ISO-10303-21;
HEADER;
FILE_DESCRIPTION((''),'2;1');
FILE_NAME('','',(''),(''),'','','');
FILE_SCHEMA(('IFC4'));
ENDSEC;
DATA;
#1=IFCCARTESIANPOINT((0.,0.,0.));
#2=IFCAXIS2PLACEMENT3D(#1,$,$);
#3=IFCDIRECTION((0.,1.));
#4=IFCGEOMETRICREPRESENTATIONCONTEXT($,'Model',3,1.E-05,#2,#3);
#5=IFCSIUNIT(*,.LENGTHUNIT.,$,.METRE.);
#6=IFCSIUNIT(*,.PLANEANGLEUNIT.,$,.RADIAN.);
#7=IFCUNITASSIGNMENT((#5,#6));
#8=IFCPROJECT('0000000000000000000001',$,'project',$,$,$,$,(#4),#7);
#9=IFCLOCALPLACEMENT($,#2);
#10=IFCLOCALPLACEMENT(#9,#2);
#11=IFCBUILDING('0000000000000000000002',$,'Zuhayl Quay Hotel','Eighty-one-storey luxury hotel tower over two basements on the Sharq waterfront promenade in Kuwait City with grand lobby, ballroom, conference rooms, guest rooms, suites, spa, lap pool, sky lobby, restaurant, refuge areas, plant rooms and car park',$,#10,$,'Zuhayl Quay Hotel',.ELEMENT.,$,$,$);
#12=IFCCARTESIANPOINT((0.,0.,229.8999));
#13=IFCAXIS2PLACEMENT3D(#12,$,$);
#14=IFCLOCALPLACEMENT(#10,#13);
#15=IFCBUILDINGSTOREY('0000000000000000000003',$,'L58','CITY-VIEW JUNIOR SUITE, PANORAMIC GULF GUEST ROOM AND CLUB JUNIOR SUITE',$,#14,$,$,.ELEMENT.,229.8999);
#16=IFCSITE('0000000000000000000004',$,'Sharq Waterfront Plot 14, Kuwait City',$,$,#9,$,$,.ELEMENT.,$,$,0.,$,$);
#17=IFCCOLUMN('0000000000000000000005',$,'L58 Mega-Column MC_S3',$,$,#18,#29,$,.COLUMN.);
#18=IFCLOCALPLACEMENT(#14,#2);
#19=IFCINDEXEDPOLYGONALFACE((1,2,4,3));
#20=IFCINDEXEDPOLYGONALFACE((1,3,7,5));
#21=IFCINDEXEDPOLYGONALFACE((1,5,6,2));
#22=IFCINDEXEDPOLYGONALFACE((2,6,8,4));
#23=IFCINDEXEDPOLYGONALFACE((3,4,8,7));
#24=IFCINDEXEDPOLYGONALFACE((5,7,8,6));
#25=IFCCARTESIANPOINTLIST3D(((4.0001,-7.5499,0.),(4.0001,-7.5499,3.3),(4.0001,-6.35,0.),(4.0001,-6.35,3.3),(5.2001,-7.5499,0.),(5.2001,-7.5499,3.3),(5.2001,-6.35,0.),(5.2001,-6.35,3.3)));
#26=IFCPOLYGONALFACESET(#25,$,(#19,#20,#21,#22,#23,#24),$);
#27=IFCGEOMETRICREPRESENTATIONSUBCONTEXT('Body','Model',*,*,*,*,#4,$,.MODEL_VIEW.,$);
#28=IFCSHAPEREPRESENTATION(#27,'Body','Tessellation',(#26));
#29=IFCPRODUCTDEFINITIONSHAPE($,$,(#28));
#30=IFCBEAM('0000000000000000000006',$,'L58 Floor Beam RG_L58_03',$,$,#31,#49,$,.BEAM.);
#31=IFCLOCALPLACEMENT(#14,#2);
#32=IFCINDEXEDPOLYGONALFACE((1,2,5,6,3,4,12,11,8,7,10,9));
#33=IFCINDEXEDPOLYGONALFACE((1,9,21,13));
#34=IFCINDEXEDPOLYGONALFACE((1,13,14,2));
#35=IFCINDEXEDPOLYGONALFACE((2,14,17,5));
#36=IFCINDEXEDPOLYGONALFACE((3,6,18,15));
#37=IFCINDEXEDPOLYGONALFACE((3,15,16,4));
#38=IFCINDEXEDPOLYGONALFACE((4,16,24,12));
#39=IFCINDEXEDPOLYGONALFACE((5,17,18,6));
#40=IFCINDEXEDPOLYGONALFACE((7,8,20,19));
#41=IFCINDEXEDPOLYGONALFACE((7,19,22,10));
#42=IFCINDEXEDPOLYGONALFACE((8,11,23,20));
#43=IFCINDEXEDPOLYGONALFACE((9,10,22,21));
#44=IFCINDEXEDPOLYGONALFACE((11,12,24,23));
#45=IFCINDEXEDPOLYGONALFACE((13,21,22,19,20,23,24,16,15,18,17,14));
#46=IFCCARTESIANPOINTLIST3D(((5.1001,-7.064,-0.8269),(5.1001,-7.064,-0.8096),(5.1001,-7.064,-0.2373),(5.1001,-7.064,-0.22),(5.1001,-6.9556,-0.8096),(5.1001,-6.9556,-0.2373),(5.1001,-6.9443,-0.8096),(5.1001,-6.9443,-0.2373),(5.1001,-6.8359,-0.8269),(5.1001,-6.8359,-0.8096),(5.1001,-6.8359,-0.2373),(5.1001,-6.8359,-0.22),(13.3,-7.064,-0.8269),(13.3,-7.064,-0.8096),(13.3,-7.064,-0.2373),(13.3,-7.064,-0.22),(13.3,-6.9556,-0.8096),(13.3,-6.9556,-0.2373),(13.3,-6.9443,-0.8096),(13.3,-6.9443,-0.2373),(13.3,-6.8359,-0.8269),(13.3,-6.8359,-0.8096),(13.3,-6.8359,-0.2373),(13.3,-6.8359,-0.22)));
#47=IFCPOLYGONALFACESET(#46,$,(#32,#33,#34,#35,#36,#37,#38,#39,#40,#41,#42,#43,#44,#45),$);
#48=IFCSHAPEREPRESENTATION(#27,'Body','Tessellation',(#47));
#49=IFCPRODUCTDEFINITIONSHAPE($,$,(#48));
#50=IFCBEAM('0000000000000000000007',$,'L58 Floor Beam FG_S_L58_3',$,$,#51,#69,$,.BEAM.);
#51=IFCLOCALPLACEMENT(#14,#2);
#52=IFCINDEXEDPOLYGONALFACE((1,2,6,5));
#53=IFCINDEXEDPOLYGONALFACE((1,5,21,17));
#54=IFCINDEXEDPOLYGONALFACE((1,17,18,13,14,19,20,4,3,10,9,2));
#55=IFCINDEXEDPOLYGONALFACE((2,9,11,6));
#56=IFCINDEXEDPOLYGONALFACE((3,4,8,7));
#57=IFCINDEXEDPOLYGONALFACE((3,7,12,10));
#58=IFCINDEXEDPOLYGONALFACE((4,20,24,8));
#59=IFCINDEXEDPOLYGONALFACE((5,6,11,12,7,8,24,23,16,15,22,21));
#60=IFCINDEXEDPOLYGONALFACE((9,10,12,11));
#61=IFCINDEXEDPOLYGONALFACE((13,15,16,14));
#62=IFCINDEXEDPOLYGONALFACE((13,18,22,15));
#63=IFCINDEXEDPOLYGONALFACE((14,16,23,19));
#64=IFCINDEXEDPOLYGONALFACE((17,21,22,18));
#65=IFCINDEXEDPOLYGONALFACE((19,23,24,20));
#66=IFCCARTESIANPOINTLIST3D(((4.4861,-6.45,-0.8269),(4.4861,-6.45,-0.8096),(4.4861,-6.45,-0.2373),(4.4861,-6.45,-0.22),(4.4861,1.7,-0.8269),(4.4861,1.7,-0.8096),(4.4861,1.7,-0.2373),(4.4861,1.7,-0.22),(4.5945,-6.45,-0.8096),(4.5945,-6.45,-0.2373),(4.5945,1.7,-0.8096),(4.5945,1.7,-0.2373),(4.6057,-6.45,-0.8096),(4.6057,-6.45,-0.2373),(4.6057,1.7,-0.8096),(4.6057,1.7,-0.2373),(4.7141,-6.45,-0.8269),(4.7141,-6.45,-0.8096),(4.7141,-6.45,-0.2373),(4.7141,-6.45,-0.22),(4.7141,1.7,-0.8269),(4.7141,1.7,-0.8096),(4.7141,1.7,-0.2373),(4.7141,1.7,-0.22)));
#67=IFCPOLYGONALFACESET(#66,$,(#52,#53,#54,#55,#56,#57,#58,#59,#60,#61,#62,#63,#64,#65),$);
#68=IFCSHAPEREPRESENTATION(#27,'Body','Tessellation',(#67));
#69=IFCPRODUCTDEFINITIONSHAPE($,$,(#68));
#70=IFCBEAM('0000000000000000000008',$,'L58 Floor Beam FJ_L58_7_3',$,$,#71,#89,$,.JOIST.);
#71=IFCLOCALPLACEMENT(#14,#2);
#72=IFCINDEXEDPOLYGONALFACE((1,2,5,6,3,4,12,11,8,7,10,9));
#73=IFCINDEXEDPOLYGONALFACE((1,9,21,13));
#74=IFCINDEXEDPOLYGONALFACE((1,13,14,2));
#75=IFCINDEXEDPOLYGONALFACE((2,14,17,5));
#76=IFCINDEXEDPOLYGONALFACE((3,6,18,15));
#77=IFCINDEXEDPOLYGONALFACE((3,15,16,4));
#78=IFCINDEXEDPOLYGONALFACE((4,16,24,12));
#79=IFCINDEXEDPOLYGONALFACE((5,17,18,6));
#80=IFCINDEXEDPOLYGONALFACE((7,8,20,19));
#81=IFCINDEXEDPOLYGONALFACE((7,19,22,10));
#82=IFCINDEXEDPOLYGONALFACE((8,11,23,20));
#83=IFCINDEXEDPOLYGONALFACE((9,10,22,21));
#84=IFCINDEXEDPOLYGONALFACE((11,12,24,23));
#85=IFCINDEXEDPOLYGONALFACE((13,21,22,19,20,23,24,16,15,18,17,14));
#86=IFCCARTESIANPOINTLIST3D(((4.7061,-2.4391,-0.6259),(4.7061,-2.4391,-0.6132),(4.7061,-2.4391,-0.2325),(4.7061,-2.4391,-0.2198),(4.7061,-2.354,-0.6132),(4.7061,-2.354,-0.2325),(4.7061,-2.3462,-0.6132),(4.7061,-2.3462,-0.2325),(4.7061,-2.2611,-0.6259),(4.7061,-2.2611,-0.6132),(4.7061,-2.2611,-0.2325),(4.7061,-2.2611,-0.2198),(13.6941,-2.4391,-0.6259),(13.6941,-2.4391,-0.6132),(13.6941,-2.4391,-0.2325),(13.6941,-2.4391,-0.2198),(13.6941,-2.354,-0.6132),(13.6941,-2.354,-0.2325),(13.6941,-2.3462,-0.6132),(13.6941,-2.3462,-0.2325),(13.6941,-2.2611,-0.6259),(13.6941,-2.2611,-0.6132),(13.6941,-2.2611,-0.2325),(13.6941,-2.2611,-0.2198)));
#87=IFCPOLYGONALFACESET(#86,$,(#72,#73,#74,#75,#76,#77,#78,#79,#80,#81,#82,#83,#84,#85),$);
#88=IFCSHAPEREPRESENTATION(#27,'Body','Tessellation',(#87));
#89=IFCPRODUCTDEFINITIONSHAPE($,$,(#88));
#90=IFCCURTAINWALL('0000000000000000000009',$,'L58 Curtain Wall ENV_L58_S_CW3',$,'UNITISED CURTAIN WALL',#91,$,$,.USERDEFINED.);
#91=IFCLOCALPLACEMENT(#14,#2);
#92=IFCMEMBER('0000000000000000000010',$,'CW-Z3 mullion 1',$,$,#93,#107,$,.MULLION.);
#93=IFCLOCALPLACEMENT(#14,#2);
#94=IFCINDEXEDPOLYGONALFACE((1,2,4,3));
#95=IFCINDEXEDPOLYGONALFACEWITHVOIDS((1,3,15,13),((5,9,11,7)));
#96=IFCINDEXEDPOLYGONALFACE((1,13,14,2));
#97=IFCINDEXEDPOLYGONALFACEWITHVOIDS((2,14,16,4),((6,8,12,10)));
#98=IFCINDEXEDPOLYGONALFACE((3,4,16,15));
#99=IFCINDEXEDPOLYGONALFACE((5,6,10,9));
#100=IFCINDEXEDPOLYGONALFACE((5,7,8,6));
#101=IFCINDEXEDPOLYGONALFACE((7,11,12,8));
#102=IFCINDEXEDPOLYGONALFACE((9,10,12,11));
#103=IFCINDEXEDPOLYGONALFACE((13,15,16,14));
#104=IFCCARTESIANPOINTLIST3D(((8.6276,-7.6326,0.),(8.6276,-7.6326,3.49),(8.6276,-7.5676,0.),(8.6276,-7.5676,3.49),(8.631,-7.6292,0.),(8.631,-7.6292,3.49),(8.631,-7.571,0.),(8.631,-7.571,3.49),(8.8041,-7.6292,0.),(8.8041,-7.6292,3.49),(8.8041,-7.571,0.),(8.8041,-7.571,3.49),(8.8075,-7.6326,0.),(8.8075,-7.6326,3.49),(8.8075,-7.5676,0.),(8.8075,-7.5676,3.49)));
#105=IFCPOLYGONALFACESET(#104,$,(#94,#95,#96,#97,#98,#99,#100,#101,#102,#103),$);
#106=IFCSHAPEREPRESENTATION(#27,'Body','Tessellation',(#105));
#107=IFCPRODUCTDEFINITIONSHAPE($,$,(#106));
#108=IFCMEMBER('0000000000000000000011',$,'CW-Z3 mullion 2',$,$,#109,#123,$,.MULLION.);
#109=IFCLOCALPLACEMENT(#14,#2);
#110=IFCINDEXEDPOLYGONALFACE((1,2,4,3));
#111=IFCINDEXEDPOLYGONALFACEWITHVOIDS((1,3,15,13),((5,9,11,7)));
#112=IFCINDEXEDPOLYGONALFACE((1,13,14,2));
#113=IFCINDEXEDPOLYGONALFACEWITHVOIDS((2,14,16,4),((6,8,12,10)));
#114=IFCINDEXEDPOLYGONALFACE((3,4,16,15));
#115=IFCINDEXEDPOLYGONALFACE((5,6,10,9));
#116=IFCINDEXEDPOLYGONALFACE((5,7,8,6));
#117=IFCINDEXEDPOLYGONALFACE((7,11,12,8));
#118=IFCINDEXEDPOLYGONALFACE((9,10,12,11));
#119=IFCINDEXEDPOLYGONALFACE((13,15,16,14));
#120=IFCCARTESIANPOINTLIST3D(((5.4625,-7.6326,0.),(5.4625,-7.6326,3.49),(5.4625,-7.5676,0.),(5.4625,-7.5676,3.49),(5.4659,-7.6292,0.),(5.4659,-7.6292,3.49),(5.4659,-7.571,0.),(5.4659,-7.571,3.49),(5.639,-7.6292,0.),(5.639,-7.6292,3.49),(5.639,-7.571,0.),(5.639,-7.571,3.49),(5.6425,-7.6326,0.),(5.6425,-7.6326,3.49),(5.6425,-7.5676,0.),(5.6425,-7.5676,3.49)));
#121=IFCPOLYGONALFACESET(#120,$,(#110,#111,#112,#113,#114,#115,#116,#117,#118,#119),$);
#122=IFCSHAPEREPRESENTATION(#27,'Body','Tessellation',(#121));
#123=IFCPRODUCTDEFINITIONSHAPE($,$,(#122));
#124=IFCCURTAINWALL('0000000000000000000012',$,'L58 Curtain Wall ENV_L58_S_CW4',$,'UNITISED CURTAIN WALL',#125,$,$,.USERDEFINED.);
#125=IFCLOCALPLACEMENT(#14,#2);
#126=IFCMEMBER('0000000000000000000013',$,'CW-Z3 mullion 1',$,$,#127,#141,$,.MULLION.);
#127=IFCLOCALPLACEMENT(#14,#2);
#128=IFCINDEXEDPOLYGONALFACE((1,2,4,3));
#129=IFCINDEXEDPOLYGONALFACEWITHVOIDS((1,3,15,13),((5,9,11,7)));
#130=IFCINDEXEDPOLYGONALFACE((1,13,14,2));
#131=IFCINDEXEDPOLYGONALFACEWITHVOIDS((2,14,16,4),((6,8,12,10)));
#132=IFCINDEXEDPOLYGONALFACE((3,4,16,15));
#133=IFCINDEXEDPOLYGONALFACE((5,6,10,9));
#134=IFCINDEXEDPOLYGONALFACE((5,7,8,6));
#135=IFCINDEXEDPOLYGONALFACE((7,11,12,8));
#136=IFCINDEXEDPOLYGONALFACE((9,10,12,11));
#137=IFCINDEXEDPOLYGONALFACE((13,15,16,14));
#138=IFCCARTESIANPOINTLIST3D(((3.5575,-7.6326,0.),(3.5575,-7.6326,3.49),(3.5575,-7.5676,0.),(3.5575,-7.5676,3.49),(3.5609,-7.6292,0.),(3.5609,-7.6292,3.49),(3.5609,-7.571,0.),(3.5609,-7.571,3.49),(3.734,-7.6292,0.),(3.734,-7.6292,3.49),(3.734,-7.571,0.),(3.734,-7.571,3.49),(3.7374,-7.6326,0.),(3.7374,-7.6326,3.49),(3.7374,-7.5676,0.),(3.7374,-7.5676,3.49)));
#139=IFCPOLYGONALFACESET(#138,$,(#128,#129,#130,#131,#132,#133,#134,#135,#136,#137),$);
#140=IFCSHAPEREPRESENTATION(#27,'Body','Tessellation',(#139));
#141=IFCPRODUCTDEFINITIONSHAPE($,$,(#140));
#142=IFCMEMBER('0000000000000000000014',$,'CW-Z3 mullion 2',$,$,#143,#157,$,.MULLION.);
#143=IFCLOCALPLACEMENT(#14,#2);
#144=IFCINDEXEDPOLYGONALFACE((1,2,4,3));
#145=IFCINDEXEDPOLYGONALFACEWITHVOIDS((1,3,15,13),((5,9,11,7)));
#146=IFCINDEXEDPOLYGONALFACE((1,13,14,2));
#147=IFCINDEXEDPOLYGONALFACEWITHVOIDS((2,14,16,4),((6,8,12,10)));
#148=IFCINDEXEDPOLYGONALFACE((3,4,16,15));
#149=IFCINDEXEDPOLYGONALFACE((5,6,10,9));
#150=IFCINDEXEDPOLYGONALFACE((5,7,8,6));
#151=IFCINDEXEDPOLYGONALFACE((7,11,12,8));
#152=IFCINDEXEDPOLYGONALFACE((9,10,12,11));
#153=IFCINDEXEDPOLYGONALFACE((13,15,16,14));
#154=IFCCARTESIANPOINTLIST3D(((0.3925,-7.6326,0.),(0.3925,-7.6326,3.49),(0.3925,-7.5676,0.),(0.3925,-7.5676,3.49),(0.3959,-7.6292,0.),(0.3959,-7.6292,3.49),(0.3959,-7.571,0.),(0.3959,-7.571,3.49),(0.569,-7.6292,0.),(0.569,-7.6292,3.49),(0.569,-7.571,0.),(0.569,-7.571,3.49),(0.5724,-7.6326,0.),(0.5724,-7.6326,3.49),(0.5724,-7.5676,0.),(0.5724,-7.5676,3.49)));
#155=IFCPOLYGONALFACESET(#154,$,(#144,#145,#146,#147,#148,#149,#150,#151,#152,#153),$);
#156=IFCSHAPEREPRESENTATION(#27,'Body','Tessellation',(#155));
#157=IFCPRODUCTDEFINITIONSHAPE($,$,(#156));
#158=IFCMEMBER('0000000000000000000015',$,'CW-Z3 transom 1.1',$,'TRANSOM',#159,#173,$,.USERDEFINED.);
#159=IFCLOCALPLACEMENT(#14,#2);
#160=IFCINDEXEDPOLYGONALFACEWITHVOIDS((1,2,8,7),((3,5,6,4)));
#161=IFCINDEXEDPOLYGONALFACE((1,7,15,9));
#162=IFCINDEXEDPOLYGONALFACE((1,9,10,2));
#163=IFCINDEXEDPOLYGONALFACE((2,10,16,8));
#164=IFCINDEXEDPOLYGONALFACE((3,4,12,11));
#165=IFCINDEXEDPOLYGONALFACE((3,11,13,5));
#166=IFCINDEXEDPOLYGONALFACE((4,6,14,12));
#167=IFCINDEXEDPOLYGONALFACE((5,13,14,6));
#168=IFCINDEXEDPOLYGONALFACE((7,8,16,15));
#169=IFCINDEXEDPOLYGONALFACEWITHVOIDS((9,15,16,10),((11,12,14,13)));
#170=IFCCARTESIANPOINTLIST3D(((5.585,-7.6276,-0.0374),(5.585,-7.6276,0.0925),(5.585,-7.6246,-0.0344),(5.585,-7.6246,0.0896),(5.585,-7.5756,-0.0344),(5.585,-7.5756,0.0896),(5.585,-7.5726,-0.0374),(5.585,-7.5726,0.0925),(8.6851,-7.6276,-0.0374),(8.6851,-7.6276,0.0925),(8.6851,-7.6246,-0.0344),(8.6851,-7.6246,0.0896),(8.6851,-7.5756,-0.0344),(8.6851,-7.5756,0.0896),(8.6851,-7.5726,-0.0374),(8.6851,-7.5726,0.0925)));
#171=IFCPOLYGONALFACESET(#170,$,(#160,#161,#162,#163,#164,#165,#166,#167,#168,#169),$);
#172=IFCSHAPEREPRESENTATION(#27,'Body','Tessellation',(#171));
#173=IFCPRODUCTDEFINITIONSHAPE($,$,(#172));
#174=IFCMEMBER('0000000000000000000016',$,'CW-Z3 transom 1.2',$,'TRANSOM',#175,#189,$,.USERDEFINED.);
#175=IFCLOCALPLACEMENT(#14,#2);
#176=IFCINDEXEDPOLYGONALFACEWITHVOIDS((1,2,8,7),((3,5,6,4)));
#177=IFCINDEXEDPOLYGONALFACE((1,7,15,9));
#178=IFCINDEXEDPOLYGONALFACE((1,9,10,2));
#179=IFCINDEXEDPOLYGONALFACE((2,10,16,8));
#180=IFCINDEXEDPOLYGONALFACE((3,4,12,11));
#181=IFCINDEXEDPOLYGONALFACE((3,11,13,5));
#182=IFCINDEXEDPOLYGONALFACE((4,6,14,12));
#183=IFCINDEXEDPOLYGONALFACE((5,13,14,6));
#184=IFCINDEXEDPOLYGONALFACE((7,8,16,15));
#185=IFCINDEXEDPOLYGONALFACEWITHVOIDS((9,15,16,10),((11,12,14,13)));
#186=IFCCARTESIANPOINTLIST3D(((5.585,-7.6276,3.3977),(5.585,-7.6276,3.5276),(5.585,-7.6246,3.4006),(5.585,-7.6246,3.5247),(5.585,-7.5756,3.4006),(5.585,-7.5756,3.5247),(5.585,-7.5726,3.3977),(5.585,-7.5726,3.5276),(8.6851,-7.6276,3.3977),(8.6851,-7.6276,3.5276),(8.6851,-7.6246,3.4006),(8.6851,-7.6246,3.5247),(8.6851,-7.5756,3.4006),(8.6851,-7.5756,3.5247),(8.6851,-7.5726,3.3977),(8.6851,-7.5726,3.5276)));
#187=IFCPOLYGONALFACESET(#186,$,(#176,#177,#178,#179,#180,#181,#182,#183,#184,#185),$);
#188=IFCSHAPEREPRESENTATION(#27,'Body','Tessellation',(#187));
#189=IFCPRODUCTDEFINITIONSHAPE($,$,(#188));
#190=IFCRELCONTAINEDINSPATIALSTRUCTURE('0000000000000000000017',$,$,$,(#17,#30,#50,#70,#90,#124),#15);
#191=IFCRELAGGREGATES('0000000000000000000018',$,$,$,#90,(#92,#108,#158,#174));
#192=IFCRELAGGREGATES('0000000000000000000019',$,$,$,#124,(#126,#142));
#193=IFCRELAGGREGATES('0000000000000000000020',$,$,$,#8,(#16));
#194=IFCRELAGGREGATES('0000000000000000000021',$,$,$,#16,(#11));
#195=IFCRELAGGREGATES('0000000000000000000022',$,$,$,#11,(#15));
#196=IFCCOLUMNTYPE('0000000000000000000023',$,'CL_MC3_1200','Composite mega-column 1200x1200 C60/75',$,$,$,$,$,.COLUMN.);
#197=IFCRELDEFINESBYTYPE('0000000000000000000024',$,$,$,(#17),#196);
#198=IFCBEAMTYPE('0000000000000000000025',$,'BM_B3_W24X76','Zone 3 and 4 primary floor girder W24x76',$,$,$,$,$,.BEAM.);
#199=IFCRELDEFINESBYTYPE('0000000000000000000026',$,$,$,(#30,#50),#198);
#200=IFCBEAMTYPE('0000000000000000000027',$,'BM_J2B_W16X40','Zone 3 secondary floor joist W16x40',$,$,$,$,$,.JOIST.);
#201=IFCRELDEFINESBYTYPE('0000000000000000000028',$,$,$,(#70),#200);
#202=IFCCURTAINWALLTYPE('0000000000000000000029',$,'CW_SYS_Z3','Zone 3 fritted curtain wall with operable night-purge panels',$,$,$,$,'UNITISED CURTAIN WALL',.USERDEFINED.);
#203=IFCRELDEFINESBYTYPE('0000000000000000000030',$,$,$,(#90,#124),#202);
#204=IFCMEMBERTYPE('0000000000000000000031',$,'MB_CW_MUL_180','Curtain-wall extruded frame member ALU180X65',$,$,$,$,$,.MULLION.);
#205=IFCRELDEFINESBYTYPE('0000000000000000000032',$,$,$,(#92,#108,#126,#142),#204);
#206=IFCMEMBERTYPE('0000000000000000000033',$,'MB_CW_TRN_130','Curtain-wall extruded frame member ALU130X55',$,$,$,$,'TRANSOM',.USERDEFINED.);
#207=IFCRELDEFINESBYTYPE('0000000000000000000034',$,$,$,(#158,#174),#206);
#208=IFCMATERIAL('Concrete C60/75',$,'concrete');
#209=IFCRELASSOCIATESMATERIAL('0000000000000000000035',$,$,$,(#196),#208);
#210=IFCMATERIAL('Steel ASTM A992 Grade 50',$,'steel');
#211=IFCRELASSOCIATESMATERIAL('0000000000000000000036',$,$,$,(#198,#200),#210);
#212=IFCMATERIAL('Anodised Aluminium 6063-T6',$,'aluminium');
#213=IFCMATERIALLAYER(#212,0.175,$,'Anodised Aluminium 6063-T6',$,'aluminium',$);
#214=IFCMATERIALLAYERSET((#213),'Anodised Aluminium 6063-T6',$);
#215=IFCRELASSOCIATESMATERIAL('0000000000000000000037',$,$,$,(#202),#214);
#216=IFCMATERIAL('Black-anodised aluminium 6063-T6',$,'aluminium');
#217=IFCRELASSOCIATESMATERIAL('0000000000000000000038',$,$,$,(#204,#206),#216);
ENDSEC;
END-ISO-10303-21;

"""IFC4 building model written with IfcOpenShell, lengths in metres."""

from ifc_helpers import new_model, si_unit, direction, frame, origin, origin_2d, place, context, subcontext, project, spatial, rectangle, hollow_rectangle, i_section, extrude, material, layer, layer_set, material_profile, profile_set, type_object, element, aggregate, save


model = new_model("IFC4")

# Units and contexts
model_context = context("Model", 3, precision=1e-05, world=origin(), true_north=direction((0.0, 1.0)))
body_context = subcontext(model_context, "Body", "Model", "MODEL_VIEW")
ifc_project = project(units=[si_unit("LENGTHUNIT", "METRE"), si_unit("PLANEANGLEUNIT", "RADIAN")], contexts=[model_context])

# Site, building, storey
site_placement = place(None, origin())
site = spatial("IfcSite", under=ifc_project, at=site_placement, Name="Sharq Waterfront Plot 14, Kuwait City", CompositionType="ELEMENT", RefElevation=0.0)
building_placement = place(site_placement, origin())
building = spatial("IfcBuilding", under=site, at=building_placement, Name="Zuhayl Quay Hotel", Description="Eighty-one-storey luxury hotel tower over two basements on the Sharq waterfront promenade in Kuwait City with grand lobby, ballroom, conference rooms, guest rooms, suites, spa, lap pool, sky lobby, restaurant, refuge areas, plant rooms and car park", LongName="Zuhayl Quay Hotel", CompositionType="ELEMENT")
storey_placement = place(building_placement, frame((0.0, 0.0, 229.8999)))
storey = spatial("IfcBuildingStorey", under=building, at=storey_placement, Name="L58", Description="CITY-VIEW JUNIOR SUITE, PANORAMIC GULF GUEST ROOM AND CLUB JUNIOR SUITE", CompositionType="ELEMENT", Elevation=229.8999)

# Column
ifc_material_1 = material(Name="Concrete C60/75", Category="concrete")
ifc_material_profile_1 = material_profile(ifc_material_1, rectangle(XDim=1.2, YDim=1.2, at=origin_2d()), Name="RC1200X1200")
ifc_profile_set_1 = profile_set([ifc_material_profile_1], Name="Concrete C60/75")
column_type = type_object("IfcColumnType", Name="CL_MC3_1200", Description="Composite mega-column 1200x1200 C60/75", PredefinedType="COLUMN", material=ifc_profile_set_1)
column_placement = place(storey_placement, frame((4.6001, -6.95, 0.0), z_axis=(0.0, 0.0, 1.0), x_axis=(1.0, 0.0, 0.0)))
element("IfcColumn", 1, at=column_placement, inside=storey, type_object=column_type, Name="L58 Mega-Column MC_S3", PredefinedType="COLUMN", context=body_context, shape_type="SweptSolid", body=[
    extrude(rectangle(XDim=1.2, YDim=1.2, at=origin_2d()), origin(), (0.0, 0.0, 1.0), 3.3),
])

# Beams
ifc_material_2 = material(Name="Steel ASTM A992 Grade 50", Category="steel")
ifc_material_profile_2 = material_profile(ifc_material_2, i_section(OverallWidth=0.228, OverallDepth=0.6069, WebThickness=0.0112, FlangeThickness=0.0173, at=origin_2d()), Name="W24X76")
ifc_profile_set_2 = profile_set([ifc_material_profile_2], Name="Steel ASTM A992 Grade 50")
beam_type_1 = type_object("IfcBeamType", Name="BM_B3_W24X76", Description="Zone 3 and 4 primary floor girder W24x76", PredefinedType="BEAM", material=ifc_profile_set_2)
beam_1_placement = place(storey_placement, frame((5.1001, -6.95, -0.5234), z_axis=(1.0, 0.0, 0.0), x_axis=(0.0, 1.0, 0.0)))
element("IfcBeam", 2, at=beam_1_placement, inside=storey, type_object=beam_type_1, Name="L58 Floor Beam RG_L58_03", PredefinedType="BEAM", context=body_context, shape_type="SweptSolid", body=[
    extrude(i_section(OverallWidth=0.228, OverallDepth=0.6069, WebThickness=0.0112, FlangeThickness=0.0173, at=origin_2d()), origin(), (0.0, 0.0, 1.0), 8.2),
])
beam_2_placement = place(storey_placement, frame((4.6001, -6.45, -0.5234), z_axis=(0.0, 1.0, 0.0), x_axis=(-1.0, 0.0, 0.0)))
element("IfcBeam", 3, at=beam_2_placement, inside=storey, type_object=beam_type_1, Name="L58 Floor Beam FG_S_L58_3", PredefinedType="BEAM", context=body_context, shape_type="SweptSolid", body=[
    extrude(i_section(OverallWidth=0.228, OverallDepth=0.6069, WebThickness=0.0112, FlangeThickness=0.0173, at=origin_2d()), origin(), (0.0, 0.0, 1.0), 8.1499),
])
ifc_material_profile_3 = material_profile(ifc_material_2, i_section(OverallWidth=0.178, OverallDepth=0.406, WebThickness=0.0078, FlangeThickness=0.0127, at=origin_2d()), Name="W16X40")
ifc_profile_set_3 = profile_set([ifc_material_profile_3], Name="Steel ASTM A992 Grade 50")
beam_type_2 = type_object("IfcBeamType", Name="BM_J2B_W16X40", Description="Zone 3 secondary floor joist W16x40", PredefinedType="JOIST", material=ifc_profile_set_3)
beam_3_placement = place(storey_placement, frame((4.7061, -2.3501, -0.4229), z_axis=(1.0, 0.0, 0.0), x_axis=(0.0, 1.0, 0.0)))
element("IfcBeam", 4, at=beam_3_placement, inside=storey, type_object=beam_type_2, Name="L58 Floor Beam FJ_L58_7_3", PredefinedType="JOIST", context=body_context, shape_type="SweptSolid", body=[
    extrude(i_section(OverallWidth=0.178, OverallDepth=0.406, WebThickness=0.0078, FlangeThickness=0.0127, at=origin_2d()), origin(), (0.0, 0.0, 1.0), 8.988),
])

# Curtain walls, members
ifc_material_3 = material(Name="Anodised Aluminium 6063-T6", Category="aluminium")
ifc_layer_1 = layer(ifc_material_3, 0.175, Name="Anodised Aluminium 6063-T6", Category="aluminium")
ifc_layer_set_1 = layer_set([ifc_layer_1], Name="Anodised Aluminium 6063-T6")
curtain_wall_type = type_object("IfcCurtainWallType", Name="CW_SYS_Z3", Description="Zone 3 fritted curtain wall with operable night-purge panels", ElementType="UNITISED CURTAIN WALL", PredefinedType="USERDEFINED", material=ifc_layer_set_1)
curtain_wall_1_placement = place(storey_placement, origin())
curtain_wall_1 = element("IfcCurtainWall", 5, at=curtain_wall_1_placement, inside=storey, type_object=curtain_wall_type, Name="L58 Curtain Wall ENV_L58_S_CW3", ObjectType="UNITISED CURTAIN WALL", PredefinedType="USERDEFINED")
ifc_material_4 = material(Name="Black-anodised aluminium 6063-T6", Category="aluminium")
ifc_material_profile_4 = material_profile(ifc_material_4, hollow_rectangle(XDim=0.0649, YDim=0.1799, WallThickness=0.0034, at=origin_2d()), Name="ALU180X65")
ifc_profile_set_4 = profile_set([ifc_material_profile_4], Name="Black-anodised aluminium 6063-T6")
member_type_1 = type_object("IfcMemberType", Name="MB_CW_MUL_180", Description="Curtain-wall extruded frame member ALU180X65", PredefinedType="MULLION", material=ifc_profile_set_4)
member_1_placement = place(storey_placement, frame((8.7175, -7.6001, 0.0), z_axis=(0.0, 0.0, 1.0), x_axis=(0.0, -1.0, 0.0)))
member_1 = element("IfcMember", 6, at=member_1_placement, type_object=member_type_1, Name="CW-Z3 mullion 1", PredefinedType="MULLION", context=body_context, shape_type="SweptSolid", body=[
    extrude(hollow_rectangle(XDim=0.0649, YDim=0.1799, WallThickness=0.0034, at=origin_2d()), origin(), (0.0, 0.0, 1.0), 3.49),
])
member_2_placement = place(storey_placement, frame((5.5525, -7.6001, 0.0), z_axis=(0.0, 0.0, 1.0), x_axis=(0.0, -1.0, 0.0)))
member_2 = element("IfcMember", 7, at=member_2_placement, type_object=member_type_1, Name="CW-Z3 mullion 2", PredefinedType="MULLION", context=body_context, shape_type="SweptSolid", body=[
    extrude(hollow_rectangle(XDim=0.0649, YDim=0.1799, WallThickness=0.0034, at=origin_2d()), origin(), (0.0, 0.0, 1.0), 3.49),
])
curtain_wall_2_placement = place(storey_placement, origin())
curtain_wall_2 = element("IfcCurtainWall", 8, at=curtain_wall_2_placement, inside=storey, type_object=curtain_wall_type, Name="L58 Curtain Wall ENV_L58_S_CW4", ObjectType="UNITISED CURTAIN WALL", PredefinedType="USERDEFINED")
member_3_placement = place(storey_placement, frame((3.6475, -7.6001, 0.0), z_axis=(0.0, 0.0, 1.0), x_axis=(0.0, -1.0, 0.0)))
member_3 = element("IfcMember", 9, at=member_3_placement, type_object=member_type_1, Name="CW-Z3 mullion 1", PredefinedType="MULLION", context=body_context, shape_type="SweptSolid", body=[
    extrude(hollow_rectangle(XDim=0.0649, YDim=0.1799, WallThickness=0.0034, at=origin_2d()), origin(), (0.0, 0.0, 1.0), 3.49),
])
member_4_placement = place(storey_placement, frame((0.4824, -7.6001, 0.0), z_axis=(0.0, 0.0, 1.0), x_axis=(0.0, -1.0, 0.0)))
member_4 = element("IfcMember", 10, at=member_4_placement, type_object=member_type_1, Name="CW-Z3 mullion 2", PredefinedType="MULLION", context=body_context, shape_type="SweptSolid", body=[
    extrude(hollow_rectangle(XDim=0.0649, YDim=0.1799, WallThickness=0.0034, at=origin_2d()), origin(), (0.0, 0.0, 1.0), 3.49),
])

# Members
ifc_material_profile_5 = material_profile(ifc_material_4, hollow_rectangle(XDim=0.0549, YDim=0.1299, WallThickness=0.0029, at=origin_2d()), Name="ALU130X55")
ifc_profile_set_5 = profile_set([ifc_material_profile_5], Name="Black-anodised aluminium 6063-T6")
member_type_2 = type_object("IfcMemberType", Name="MB_CW_TRN_130", Description="Curtain-wall extruded frame member ALU130X55", ElementType="TRANSOM", PredefinedType="USERDEFINED", material=ifc_profile_set_5)
member_5_placement = place(storey_placement, frame((8.6851, -7.6001, 0.0276), z_axis=(-1.0, 0.0, 0.0), x_axis=(0.0, -1.0, 0.0)))
member_5 = element("IfcMember", 11, at=member_5_placement, type_object=member_type_2, Name="CW-Z3 transom 1.1", ObjectType="TRANSOM", PredefinedType="USERDEFINED", context=body_context, shape_type="SweptSolid", body=[
    extrude(hollow_rectangle(XDim=0.0549, YDim=0.1299, WallThickness=0.0029, at=origin_2d()), origin(), (0.0, 0.0, 1.0), 3.1001),
])
member_6_placement = place(storey_placement, frame((8.6851, -7.6001, 3.4626), z_axis=(-1.0, 0.0, 0.0), x_axis=(0.0, -1.0, 0.0)))
member_6 = element("IfcMember", 12, at=member_6_placement, type_object=member_type_2, Name="CW-Z3 transom 1.2", ObjectType="TRANSOM", PredefinedType="USERDEFINED", context=body_context, shape_type="SweptSolid", body=[
    extrude(hollow_rectangle(XDim=0.0549, YDim=0.1299, WallThickness=0.0029, at=origin_2d()), origin(), (0.0, 0.0, 1.0), 3.1001),
])

aggregate(curtain_wall_1, [member_1, member_2, member_5, member_6])
aggregate(curtain_wall_2, [member_3, member_4])

save(model, "model.ifc")
